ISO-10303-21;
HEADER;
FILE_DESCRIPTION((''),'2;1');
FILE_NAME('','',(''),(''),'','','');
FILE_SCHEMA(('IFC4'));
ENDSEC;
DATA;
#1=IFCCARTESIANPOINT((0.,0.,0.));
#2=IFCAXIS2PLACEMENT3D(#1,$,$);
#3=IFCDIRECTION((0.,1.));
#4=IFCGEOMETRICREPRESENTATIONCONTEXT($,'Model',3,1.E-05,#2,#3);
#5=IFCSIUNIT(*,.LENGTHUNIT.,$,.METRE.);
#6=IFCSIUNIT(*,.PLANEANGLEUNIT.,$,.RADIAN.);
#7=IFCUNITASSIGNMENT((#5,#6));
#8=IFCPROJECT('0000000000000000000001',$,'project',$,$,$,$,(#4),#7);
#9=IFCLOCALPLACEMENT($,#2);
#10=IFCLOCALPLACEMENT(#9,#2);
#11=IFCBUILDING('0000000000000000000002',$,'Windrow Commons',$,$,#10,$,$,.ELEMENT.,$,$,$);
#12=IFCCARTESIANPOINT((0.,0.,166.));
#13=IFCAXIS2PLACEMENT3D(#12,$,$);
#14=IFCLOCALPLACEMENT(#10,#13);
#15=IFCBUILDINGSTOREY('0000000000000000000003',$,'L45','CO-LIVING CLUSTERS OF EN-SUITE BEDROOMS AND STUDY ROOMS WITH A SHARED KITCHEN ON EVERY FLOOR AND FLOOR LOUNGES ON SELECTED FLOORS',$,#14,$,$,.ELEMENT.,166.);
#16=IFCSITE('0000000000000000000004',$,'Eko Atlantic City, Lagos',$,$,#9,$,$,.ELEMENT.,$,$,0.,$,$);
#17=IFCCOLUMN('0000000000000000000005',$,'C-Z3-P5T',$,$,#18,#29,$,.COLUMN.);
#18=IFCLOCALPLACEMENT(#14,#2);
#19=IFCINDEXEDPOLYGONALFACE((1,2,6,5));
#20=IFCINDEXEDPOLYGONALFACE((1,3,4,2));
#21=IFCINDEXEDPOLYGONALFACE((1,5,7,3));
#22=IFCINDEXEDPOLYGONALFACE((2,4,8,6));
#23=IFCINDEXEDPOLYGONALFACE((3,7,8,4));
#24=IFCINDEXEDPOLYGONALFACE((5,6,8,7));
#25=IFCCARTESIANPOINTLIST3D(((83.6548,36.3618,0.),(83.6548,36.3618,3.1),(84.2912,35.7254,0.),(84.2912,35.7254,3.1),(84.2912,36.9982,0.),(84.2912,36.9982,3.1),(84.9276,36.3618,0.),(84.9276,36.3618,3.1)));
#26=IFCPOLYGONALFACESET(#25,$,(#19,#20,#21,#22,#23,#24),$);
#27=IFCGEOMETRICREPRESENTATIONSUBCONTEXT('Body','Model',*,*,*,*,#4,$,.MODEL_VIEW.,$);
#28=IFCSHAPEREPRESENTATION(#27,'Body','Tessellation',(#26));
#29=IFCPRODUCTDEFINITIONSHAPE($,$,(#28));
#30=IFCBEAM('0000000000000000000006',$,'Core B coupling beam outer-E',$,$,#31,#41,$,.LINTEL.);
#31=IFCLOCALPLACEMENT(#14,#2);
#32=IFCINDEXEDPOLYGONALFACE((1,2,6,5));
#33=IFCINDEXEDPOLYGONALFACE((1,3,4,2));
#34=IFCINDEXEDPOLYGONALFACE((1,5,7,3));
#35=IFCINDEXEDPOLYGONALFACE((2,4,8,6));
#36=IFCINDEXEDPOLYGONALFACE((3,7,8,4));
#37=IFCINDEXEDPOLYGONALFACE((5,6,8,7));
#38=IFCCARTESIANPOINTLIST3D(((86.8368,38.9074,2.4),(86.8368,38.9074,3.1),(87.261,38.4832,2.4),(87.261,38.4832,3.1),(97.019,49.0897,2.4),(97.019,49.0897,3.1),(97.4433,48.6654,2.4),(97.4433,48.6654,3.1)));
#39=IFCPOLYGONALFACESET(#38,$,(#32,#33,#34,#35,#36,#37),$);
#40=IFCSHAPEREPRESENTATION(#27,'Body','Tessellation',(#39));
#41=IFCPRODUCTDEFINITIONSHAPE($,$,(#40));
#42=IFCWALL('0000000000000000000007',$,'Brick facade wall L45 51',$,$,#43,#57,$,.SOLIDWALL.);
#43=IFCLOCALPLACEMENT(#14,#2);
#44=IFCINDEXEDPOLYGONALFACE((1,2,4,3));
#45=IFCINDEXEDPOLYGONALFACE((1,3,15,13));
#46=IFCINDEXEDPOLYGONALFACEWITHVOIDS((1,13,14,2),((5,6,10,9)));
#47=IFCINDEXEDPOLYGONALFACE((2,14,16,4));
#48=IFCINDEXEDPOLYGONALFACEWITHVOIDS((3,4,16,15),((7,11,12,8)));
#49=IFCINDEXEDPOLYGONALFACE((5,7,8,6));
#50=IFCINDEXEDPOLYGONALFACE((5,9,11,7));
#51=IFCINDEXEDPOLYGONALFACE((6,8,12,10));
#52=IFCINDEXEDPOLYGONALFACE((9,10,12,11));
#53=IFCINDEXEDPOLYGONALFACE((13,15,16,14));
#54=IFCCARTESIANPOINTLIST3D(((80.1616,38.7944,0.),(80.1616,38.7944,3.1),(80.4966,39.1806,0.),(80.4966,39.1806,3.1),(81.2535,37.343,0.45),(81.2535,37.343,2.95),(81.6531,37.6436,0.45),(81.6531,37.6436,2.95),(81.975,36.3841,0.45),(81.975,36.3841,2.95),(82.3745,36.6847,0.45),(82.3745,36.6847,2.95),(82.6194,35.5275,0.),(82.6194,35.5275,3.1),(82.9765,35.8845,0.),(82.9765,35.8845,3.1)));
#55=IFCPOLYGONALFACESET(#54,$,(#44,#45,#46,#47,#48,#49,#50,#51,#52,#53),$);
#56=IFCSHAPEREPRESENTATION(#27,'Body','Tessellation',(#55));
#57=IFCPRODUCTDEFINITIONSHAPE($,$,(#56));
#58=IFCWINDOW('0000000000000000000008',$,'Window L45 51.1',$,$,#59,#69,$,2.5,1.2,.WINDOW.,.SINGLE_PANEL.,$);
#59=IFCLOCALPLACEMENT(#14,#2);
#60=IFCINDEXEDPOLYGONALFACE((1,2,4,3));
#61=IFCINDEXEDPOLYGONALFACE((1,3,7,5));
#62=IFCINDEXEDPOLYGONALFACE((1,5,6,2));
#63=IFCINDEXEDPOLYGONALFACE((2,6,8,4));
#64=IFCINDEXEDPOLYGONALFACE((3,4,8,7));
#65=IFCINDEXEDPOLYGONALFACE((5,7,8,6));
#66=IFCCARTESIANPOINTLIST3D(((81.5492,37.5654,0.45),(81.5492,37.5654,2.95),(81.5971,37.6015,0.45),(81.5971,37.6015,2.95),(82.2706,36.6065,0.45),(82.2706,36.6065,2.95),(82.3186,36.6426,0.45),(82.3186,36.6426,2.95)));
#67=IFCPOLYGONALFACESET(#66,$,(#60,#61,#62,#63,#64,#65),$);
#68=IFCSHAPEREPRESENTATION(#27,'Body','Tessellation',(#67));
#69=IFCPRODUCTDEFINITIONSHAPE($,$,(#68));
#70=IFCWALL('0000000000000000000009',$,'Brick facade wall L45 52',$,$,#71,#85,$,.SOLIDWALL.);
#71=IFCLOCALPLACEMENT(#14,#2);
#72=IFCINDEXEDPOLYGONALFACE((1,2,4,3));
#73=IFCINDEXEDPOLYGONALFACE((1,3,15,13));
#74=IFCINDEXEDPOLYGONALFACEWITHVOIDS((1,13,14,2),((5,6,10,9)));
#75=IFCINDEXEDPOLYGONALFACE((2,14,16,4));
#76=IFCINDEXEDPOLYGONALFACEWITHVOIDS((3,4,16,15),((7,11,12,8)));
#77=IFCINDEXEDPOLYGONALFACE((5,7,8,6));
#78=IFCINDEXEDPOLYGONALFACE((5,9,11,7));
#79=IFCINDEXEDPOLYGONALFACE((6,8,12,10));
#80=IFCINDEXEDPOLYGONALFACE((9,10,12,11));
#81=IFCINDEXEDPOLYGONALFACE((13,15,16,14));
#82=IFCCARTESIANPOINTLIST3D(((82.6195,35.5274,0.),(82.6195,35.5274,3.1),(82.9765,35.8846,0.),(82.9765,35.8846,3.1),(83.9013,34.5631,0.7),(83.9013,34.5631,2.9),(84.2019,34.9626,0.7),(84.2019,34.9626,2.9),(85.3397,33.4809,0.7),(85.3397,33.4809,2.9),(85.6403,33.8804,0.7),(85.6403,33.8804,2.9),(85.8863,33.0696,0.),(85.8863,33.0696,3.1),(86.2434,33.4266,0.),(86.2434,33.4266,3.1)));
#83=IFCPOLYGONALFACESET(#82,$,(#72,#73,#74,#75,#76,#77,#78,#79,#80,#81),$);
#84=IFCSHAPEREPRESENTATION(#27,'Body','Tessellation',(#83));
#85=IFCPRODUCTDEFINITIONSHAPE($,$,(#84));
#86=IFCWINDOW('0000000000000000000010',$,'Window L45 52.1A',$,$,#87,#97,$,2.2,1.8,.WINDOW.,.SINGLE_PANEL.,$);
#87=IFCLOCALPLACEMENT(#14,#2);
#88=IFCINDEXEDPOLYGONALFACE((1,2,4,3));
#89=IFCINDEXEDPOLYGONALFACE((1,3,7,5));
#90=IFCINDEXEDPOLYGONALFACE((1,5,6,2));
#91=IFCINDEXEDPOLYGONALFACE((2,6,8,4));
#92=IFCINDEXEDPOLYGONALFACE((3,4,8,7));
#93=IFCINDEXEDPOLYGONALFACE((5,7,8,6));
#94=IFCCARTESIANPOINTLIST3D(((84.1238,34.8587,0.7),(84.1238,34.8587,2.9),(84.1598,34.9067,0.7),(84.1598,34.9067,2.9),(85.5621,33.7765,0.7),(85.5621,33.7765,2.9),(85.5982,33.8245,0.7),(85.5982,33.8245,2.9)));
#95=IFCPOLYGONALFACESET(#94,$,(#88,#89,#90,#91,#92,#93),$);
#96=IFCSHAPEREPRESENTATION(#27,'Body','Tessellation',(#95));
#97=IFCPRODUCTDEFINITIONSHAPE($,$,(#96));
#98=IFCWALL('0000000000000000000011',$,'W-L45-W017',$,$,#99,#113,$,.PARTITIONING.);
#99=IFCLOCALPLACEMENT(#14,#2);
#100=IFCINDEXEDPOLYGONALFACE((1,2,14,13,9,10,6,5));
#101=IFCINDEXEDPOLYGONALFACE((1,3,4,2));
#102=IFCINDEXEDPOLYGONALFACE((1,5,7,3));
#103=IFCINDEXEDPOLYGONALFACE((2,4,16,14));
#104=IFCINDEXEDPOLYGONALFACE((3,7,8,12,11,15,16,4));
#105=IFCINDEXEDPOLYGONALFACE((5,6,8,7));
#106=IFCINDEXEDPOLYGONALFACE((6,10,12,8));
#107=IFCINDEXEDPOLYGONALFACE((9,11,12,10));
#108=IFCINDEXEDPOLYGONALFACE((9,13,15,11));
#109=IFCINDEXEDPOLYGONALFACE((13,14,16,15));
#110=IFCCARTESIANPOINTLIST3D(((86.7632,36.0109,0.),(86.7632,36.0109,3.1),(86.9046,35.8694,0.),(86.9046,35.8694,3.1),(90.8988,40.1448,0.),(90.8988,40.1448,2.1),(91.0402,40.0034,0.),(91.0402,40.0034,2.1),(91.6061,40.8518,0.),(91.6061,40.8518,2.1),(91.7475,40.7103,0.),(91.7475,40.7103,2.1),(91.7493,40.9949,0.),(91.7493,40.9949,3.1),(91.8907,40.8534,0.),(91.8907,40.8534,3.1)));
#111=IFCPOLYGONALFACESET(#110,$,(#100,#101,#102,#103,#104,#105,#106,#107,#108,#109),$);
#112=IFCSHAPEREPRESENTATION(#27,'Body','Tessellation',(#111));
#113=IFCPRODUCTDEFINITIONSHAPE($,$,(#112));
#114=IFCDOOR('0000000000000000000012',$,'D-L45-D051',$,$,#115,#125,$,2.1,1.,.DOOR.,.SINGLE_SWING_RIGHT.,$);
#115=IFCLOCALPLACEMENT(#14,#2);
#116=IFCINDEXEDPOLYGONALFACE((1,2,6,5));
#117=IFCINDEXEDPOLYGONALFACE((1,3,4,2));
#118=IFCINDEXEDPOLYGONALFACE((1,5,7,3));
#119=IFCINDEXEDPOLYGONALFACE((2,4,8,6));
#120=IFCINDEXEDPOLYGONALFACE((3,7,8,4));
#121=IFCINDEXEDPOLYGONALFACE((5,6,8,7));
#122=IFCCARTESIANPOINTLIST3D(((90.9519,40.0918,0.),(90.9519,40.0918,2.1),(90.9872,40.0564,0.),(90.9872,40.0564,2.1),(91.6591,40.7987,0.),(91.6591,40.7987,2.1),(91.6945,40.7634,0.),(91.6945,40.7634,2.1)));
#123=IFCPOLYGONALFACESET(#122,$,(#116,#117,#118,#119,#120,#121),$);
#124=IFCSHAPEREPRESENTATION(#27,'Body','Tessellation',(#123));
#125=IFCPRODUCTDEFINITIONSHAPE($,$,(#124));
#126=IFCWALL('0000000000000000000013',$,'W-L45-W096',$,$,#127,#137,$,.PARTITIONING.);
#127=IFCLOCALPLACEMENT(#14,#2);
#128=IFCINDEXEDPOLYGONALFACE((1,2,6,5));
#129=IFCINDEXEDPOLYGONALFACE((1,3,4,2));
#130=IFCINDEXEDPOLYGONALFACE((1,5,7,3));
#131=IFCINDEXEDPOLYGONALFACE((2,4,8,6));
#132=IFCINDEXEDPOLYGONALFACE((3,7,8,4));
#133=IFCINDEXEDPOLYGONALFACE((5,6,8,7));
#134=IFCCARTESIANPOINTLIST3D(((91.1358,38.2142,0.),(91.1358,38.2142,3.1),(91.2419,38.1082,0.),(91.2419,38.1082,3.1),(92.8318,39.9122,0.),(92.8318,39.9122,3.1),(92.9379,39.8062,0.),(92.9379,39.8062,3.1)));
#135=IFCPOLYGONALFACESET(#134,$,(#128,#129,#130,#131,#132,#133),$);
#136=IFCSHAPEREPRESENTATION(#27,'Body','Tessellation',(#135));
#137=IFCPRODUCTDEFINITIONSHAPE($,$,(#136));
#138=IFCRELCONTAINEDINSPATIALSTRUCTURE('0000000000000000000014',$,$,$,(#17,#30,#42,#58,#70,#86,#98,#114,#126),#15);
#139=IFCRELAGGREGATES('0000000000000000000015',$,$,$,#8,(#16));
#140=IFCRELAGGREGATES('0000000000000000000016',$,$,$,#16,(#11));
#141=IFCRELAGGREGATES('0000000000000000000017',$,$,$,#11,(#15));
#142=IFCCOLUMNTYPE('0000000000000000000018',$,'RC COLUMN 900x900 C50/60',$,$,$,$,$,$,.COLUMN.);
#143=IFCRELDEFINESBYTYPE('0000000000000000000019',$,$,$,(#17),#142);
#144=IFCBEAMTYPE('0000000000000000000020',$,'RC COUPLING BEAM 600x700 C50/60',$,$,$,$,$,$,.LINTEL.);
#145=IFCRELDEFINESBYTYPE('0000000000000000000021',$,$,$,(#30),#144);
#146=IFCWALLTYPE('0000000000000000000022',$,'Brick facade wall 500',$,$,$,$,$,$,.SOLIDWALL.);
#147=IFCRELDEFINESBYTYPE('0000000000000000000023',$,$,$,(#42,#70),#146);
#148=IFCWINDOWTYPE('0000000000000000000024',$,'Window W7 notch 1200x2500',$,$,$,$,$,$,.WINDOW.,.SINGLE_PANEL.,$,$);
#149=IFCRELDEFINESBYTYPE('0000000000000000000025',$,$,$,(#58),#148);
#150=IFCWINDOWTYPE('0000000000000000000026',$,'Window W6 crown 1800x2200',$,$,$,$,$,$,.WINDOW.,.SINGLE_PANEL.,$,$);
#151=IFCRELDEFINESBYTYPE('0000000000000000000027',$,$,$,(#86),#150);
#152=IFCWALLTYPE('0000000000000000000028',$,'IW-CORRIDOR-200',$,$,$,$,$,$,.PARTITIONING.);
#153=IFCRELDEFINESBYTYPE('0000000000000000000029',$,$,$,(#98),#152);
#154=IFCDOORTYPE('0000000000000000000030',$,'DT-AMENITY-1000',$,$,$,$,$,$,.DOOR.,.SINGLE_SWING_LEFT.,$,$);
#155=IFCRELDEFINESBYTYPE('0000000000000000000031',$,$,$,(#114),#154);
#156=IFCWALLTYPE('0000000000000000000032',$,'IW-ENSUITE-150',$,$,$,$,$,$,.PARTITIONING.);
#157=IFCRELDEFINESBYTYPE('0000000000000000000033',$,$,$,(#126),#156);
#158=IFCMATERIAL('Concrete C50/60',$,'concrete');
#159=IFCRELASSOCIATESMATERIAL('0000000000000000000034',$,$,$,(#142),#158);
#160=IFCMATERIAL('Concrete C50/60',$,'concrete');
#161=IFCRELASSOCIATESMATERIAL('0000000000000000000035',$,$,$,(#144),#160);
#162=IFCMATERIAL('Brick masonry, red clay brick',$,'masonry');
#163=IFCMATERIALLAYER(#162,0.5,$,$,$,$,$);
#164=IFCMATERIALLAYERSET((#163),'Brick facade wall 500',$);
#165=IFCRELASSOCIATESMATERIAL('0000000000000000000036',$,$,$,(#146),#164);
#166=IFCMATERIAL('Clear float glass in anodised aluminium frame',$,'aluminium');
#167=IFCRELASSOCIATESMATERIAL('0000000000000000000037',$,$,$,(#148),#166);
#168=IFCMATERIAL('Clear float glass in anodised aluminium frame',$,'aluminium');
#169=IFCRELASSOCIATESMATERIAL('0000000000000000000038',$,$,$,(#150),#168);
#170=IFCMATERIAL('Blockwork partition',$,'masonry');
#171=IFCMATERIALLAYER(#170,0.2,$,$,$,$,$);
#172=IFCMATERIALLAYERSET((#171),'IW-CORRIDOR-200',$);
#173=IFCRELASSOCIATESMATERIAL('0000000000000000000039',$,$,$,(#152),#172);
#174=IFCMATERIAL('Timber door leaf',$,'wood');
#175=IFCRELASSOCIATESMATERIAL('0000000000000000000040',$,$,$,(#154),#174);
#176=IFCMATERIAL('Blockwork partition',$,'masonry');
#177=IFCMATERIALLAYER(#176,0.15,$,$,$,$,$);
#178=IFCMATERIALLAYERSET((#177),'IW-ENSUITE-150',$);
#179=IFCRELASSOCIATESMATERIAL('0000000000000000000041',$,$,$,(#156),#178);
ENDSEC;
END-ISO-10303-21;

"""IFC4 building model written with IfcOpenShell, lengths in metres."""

from ifc_helpers import new_model, si_unit, direction, frame, frame_2d, origin, origin_2d, place, context, subcontext, project, spatial, polyline, rectangle, outline, extrude, material, layer, layer_set, material_profile, profile_set, type_object, element, fill, save


model = new_model("IFC4")

# Units and contexts
model_context = context("Model", 3, precision=1e-05, world=origin(), true_north=direction((0.0, 1.0)))
body_context = subcontext(model_context, "Body", "Model", "MODEL_VIEW")
ifc_project = project(units=[si_unit("LENGTHUNIT", "METRE"), si_unit("PLANEANGLEUNIT", "RADIAN")], contexts=[model_context])

# Site, building, storey
site_placement = place(None, origin())
site = spatial("IfcSite", under=ifc_project, at=site_placement, Name="Eko Atlantic City, Lagos", CompositionType="ELEMENT", RefElevation=0.0)
building_placement = place(site_placement, origin())
building = spatial("IfcBuilding", under=site, at=building_placement, Name="Windrow Commons", CompositionType="ELEMENT")
storey_placement = place(building_placement, frame((0.0, 0.0, 166.0)))
storey = spatial("IfcBuildingStorey", under=building, at=storey_placement, Name="L45", Description="CO-LIVING CLUSTERS OF EN-SUITE BEDROOMS AND STUDY ROOMS WITH A SHARED KITCHEN ON EVERY FLOOR AND FLOOR LOUNGES ON SELECTED FLOORS", CompositionType="ELEMENT", Elevation=166.0)

# Column
ifc_material_1 = material(Name="Concrete C50/60", Category="concrete")
ifc_material_profile_1 = material_profile(ifc_material_1, rectangle(XDim=0.9, YDim=0.9, at=origin_2d()))
ifc_profile_set_1 = profile_set([ifc_material_profile_1], Name="Concrete C50/60")
column_type = type_object("IfcColumnType", Name="RC COLUMN 900x900 C50/60", PredefinedType="COLUMN", material=ifc_profile_set_1)
column_placement = place(storey_placement, frame((84.2912, 36.3618, 0.0), z_axis=(0.0, 0.0, 1.0), x_axis=(0.707107, -0.707107, 0.0)))
element("IfcColumn", 1, at=column_placement, inside=storey, type_object=column_type, Name="C-Z3-P5T", PredefinedType="COLUMN", context=body_context, shape_type="SweptSolid", body=[
    extrude(rectangle(XDim=0.9, YDim=0.9, at=origin_2d()), origin(), (0.0, 0.0, 1.0), 3.1),
])

# Beam
ifc_material_2 = material(Name="Concrete C50/60", Category="concrete")
ifc_material_profile_2 = material_profile(ifc_material_2, rectangle(XDim=0.6, YDim=0.7, at=origin_2d()))
ifc_profile_set_2 = profile_set([ifc_material_profile_2], Name="Concrete C50/60")
beam_type = type_object("IfcBeamType", Name="RC COUPLING BEAM 600x700 C50/60", PredefinedType="LINTEL", material=ifc_profile_set_2)
beam_placement = place(storey_placement, frame((87.0489, 38.6953, 2.75), z_axis=(0.707107, 0.707107, 0.0), x_axis=(-0.707107, 0.707107, 0.0)))
element("IfcBeam", 2, at=beam_placement, inside=storey, type_object=beam_type, Name="Core B coupling beam outer-E", PredefinedType="LINTEL", context=body_context, shape_type="SweptSolid", body=[
    extrude(rectangle(XDim=0.6, YDim=0.7, at=origin_2d()), origin(), (0.0, 0.0, 1.0), 14.3999),
])

# Walls, openings, windows
ifc_material_3 = material(Name="Brick masonry, red clay brick", Category="masonry")
ifc_layer_1 = layer(ifc_material_3, 0.5)
ifc_layer_set_1 = layer_set([ifc_layer_1], Name="Brick facade wall 500")
wall_type_1 = type_object("IfcWallType", Name="Brick facade wall 500", PredefinedType="SOLIDWALL", material=ifc_layer_set_1)
wall_1_placement = place(storey_placement, frame((80.3291, 38.9875, 0.0), z_axis=(0.0, 0.0, 1.0), x_axis=(0.601211, -0.79909, 0.0)))
wall_1 = element("IfcWall", 3, at=wall_1_placement, inside=storey, type_object=wall_type_1, Name="Brick facade wall L45 51", PredefinedType="SOLIDWALL", context=body_context, shape_type="SweptSolid", body=[
    extrude(outline(polyline([(0.0536, -0.25), (4.1418, -0.25), (4.0712, 0.25), (-0.0536, 0.25), (0.0536, -0.25)])), origin(), (0.0, 0.0, 1.0), 3.1),
])
opening_1_placement = place(wall_1_placement, frame((1.8699, 0.0, 0.45)))
opening_1 = element("IfcOpeningElement", 4, at=opening_1_placement, cuts=wall_1, PredefinedType="OPENING", context=body_context, shape_type="SweptSolid", body=[
    extrude(rectangle(XDim=1.2, YDim=2.5, at=frame_2d((0.6, 1.25))), frame((0.0, 0.26, 0.0), z_axis=(0.0, -1.0, 0.0), x_axis=(1.0, 0.0, 0.0)), (0.0, 0.0, 1.0), 0.52),
])
ifc_material_4 = material(Name="Clear float glass in anodised aluminium frame", Category="aluminium")
window_type_1 = type_object("IfcWindowType", Name="Window W7 notch 1200x2500", PartitioningType="SINGLE_PANEL", PredefinedType="WINDOW", material=ifc_material_4)
window_1_placement = place(opening_1_placement, origin())
window_1 = element("IfcWindow", 5, at=window_1_placement, inside=storey, type_object=window_type_1, Name="Window L45 51.1", OverallHeight=2.5, OverallWidth=1.2, PartitioningType="SINGLE_PANEL", PredefinedType="WINDOW", context=body_context, shape_type="SweptSolid", body=[
    extrude(rectangle(XDim=1.2, YDim=2.5, at=frame_2d((0.6, 1.25))), frame((0.0, 0.18, 0.0), z_axis=(0.0, -1.0, 0.0), x_axis=(1.0, 0.0, 0.0)), (0.0, 0.0, 1.0), 0.06),
])
fill(opening_1, window_1)
wall_2_placement = place(storey_placement, frame((82.798, 35.706, 0.0), z_axis=(0.0, 0.0, 1.0), x_axis=(0.799092, -0.601209, 0.0)))
wall_2 = element("IfcWall", 6, at=wall_2_placement, inside=storey, type_object=wall_type_1, Name="Brick facade wall L45 52", PredefinedType="SOLIDWALL", context=body_context, shape_type="SweptSolid", body=[
    extrude(outline(polyline([(-0.0353, -0.25), (4.0529, -0.25), (4.1236, 0.25), (0.0353, 0.25), (-0.0353, -0.25)])), origin(), (0.0, 0.0, 1.0), 3.1),
])
opening_2_placement = place(wall_2_placement, frame((1.5688, 0.0, 0.7)))
opening_2 = element("IfcOpeningElement", 7, at=opening_2_placement, cuts=wall_2, PredefinedType="OPENING", context=body_context, shape_type="SweptSolid", body=[
    extrude(rectangle(XDim=1.8, YDim=2.2, at=frame_2d((0.9, 1.1))), frame((0.0, 0.26, 0.0), z_axis=(0.0, -1.0, 0.0), x_axis=(1.0, 0.0, 0.0)), (0.0, 0.0, 1.0), 0.52),
])
ifc_material_5 = material(Name="Clear float glass in anodised aluminium frame", Category="aluminium")
window_type_2 = type_object("IfcWindowType", Name="Window W6 crown 1800x2200", PartitioningType="SINGLE_PANEL", PredefinedType="WINDOW", material=ifc_material_5)
window_2_placement = place(opening_2_placement, origin())
window_2 = element("IfcWindow", 8, at=window_2_placement, inside=storey, type_object=window_type_2, Name="Window L45 52.1A", OverallHeight=2.2, OverallWidth=1.8, PartitioningType="SINGLE_PANEL", PredefinedType="WINDOW", context=body_context, shape_type="SweptSolid", body=[
    extrude(rectangle(XDim=1.8, YDim=2.2, at=frame_2d((0.9, 1.1))), frame((0.0, 0.18, 0.0), z_axis=(0.0, -1.0, 0.0), x_axis=(1.0, 0.0, 0.0)), (0.0, 0.0, 1.0), 0.06),
])
fill(opening_2, window_2)

# Wall, opening, door
ifc_material_6 = material(Name="Blockwork partition", Category="masonry")
ifc_layer_2 = layer(ifc_material_6, 0.2)
ifc_layer_set_2 = layer_set([ifc_layer_2], Name="IW-CORRIDOR-200")
wall_type_2 = type_object("IfcWallType", Name="IW-CORRIDOR-200", PredefinedType="PARTITIONING", material=ifc_layer_set_2)
wall_3_placement = place(storey_placement, frame((86.8339, 35.9401, 0.0), z_axis=(0.0, 0.0, 1.0), x_axis=(0.707249, 0.706965, 0.0)))
wall_3 = element("IfcWall", 9, at=wall_3_placement, inside=storey, type_object=wall_type_2, Name="W-L45-W017", PredefinedType="PARTITIONING", context=body_context, shape_type="SweptSolid", body=[
    extrude(rectangle(XDim=7.0499, YDim=0.2, at=frame_2d((3.525, 0.0))), origin(), (0.0, 0.0, 1.0), 3.1),
])
opening_3_placement = place(wall_3_placement, frame((5.8475, 0.0, 0.0)))
opening_3 = element("IfcOpeningElement", 10, at=opening_3_placement, cuts=wall_3, PredefinedType="OPENING", context=body_context, shape_type="SweptSolid", body=[
    extrude(rectangle(XDim=1.0, YDim=2.1, at=frame_2d((0.5, 1.05))), frame((0.0, 0.11, 0.0), z_axis=(0.0, -1.0, 0.0), x_axis=(1.0, 0.0, 0.0)), (0.0, 0.0, 1.0), 0.22),
])
ifc_material_7 = material(Name="Timber door leaf", Category="wood")
door_type_1 = type_object("IfcDoorType", Name="DT-AMENITY-1000", OperationType="SINGLE_SWING_LEFT", PredefinedType="DOOR", material=ifc_material_7)
door_1_placement = place(opening_3_placement, origin())
door_1 = element("IfcDoor", 11, at=door_1_placement, inside=storey, type_object=door_type_1, Name="D-L45-D051", OperationType="SINGLE_SWING_RIGHT", OverallHeight=2.1, OverallWidth=1.0, PredefinedType="DOOR", context=body_context, shape_type="SweptSolid", body=[
    extrude(rectangle(XDim=1.0, YDim=2.1, at=frame_2d((0.5, 1.05))), frame((0.0, 0.025, 0.0), z_axis=(0.0, -1.0, 0.0), x_axis=(1.0, 0.0, 0.0)), (0.0, 0.0, 1.0), 0.05),
])
fill(opening_3, door_1)

# Wall
ifc_material_8 = material(Name="Blockwork partition", Category="masonry")
ifc_layer_3 = layer(ifc_material_8, 0.15)
ifc_layer_set_3 = layer_set([ifc_layer_3], Name="IW-ENSUITE-150")
wall_type_3 = type_object("IfcWallType", Name="IW-ENSUITE-150", PredefinedType="PARTITIONING", material=ifc_layer_set_3)
wall_4_placement = place(storey_placement, frame((91.1888, 38.1612, 0.0), z_axis=(0.0, 0.0, 1.0), x_axis=(0.70669, 0.707523, 0.0)))
element("IfcWall", 12, at=wall_4_placement, inside=storey, type_object=wall_type_3, Name="W-L45-W096", PredefinedType="PARTITIONING", context=body_context, shape_type="SweptSolid", body=[
    extrude(rectangle(XDim=2.3999, YDim=0.15, at=frame_2d((1.2, 0.0))), origin(), (0.0, 0.0, 1.0), 3.1),
])

save(model, "model.ifc")
